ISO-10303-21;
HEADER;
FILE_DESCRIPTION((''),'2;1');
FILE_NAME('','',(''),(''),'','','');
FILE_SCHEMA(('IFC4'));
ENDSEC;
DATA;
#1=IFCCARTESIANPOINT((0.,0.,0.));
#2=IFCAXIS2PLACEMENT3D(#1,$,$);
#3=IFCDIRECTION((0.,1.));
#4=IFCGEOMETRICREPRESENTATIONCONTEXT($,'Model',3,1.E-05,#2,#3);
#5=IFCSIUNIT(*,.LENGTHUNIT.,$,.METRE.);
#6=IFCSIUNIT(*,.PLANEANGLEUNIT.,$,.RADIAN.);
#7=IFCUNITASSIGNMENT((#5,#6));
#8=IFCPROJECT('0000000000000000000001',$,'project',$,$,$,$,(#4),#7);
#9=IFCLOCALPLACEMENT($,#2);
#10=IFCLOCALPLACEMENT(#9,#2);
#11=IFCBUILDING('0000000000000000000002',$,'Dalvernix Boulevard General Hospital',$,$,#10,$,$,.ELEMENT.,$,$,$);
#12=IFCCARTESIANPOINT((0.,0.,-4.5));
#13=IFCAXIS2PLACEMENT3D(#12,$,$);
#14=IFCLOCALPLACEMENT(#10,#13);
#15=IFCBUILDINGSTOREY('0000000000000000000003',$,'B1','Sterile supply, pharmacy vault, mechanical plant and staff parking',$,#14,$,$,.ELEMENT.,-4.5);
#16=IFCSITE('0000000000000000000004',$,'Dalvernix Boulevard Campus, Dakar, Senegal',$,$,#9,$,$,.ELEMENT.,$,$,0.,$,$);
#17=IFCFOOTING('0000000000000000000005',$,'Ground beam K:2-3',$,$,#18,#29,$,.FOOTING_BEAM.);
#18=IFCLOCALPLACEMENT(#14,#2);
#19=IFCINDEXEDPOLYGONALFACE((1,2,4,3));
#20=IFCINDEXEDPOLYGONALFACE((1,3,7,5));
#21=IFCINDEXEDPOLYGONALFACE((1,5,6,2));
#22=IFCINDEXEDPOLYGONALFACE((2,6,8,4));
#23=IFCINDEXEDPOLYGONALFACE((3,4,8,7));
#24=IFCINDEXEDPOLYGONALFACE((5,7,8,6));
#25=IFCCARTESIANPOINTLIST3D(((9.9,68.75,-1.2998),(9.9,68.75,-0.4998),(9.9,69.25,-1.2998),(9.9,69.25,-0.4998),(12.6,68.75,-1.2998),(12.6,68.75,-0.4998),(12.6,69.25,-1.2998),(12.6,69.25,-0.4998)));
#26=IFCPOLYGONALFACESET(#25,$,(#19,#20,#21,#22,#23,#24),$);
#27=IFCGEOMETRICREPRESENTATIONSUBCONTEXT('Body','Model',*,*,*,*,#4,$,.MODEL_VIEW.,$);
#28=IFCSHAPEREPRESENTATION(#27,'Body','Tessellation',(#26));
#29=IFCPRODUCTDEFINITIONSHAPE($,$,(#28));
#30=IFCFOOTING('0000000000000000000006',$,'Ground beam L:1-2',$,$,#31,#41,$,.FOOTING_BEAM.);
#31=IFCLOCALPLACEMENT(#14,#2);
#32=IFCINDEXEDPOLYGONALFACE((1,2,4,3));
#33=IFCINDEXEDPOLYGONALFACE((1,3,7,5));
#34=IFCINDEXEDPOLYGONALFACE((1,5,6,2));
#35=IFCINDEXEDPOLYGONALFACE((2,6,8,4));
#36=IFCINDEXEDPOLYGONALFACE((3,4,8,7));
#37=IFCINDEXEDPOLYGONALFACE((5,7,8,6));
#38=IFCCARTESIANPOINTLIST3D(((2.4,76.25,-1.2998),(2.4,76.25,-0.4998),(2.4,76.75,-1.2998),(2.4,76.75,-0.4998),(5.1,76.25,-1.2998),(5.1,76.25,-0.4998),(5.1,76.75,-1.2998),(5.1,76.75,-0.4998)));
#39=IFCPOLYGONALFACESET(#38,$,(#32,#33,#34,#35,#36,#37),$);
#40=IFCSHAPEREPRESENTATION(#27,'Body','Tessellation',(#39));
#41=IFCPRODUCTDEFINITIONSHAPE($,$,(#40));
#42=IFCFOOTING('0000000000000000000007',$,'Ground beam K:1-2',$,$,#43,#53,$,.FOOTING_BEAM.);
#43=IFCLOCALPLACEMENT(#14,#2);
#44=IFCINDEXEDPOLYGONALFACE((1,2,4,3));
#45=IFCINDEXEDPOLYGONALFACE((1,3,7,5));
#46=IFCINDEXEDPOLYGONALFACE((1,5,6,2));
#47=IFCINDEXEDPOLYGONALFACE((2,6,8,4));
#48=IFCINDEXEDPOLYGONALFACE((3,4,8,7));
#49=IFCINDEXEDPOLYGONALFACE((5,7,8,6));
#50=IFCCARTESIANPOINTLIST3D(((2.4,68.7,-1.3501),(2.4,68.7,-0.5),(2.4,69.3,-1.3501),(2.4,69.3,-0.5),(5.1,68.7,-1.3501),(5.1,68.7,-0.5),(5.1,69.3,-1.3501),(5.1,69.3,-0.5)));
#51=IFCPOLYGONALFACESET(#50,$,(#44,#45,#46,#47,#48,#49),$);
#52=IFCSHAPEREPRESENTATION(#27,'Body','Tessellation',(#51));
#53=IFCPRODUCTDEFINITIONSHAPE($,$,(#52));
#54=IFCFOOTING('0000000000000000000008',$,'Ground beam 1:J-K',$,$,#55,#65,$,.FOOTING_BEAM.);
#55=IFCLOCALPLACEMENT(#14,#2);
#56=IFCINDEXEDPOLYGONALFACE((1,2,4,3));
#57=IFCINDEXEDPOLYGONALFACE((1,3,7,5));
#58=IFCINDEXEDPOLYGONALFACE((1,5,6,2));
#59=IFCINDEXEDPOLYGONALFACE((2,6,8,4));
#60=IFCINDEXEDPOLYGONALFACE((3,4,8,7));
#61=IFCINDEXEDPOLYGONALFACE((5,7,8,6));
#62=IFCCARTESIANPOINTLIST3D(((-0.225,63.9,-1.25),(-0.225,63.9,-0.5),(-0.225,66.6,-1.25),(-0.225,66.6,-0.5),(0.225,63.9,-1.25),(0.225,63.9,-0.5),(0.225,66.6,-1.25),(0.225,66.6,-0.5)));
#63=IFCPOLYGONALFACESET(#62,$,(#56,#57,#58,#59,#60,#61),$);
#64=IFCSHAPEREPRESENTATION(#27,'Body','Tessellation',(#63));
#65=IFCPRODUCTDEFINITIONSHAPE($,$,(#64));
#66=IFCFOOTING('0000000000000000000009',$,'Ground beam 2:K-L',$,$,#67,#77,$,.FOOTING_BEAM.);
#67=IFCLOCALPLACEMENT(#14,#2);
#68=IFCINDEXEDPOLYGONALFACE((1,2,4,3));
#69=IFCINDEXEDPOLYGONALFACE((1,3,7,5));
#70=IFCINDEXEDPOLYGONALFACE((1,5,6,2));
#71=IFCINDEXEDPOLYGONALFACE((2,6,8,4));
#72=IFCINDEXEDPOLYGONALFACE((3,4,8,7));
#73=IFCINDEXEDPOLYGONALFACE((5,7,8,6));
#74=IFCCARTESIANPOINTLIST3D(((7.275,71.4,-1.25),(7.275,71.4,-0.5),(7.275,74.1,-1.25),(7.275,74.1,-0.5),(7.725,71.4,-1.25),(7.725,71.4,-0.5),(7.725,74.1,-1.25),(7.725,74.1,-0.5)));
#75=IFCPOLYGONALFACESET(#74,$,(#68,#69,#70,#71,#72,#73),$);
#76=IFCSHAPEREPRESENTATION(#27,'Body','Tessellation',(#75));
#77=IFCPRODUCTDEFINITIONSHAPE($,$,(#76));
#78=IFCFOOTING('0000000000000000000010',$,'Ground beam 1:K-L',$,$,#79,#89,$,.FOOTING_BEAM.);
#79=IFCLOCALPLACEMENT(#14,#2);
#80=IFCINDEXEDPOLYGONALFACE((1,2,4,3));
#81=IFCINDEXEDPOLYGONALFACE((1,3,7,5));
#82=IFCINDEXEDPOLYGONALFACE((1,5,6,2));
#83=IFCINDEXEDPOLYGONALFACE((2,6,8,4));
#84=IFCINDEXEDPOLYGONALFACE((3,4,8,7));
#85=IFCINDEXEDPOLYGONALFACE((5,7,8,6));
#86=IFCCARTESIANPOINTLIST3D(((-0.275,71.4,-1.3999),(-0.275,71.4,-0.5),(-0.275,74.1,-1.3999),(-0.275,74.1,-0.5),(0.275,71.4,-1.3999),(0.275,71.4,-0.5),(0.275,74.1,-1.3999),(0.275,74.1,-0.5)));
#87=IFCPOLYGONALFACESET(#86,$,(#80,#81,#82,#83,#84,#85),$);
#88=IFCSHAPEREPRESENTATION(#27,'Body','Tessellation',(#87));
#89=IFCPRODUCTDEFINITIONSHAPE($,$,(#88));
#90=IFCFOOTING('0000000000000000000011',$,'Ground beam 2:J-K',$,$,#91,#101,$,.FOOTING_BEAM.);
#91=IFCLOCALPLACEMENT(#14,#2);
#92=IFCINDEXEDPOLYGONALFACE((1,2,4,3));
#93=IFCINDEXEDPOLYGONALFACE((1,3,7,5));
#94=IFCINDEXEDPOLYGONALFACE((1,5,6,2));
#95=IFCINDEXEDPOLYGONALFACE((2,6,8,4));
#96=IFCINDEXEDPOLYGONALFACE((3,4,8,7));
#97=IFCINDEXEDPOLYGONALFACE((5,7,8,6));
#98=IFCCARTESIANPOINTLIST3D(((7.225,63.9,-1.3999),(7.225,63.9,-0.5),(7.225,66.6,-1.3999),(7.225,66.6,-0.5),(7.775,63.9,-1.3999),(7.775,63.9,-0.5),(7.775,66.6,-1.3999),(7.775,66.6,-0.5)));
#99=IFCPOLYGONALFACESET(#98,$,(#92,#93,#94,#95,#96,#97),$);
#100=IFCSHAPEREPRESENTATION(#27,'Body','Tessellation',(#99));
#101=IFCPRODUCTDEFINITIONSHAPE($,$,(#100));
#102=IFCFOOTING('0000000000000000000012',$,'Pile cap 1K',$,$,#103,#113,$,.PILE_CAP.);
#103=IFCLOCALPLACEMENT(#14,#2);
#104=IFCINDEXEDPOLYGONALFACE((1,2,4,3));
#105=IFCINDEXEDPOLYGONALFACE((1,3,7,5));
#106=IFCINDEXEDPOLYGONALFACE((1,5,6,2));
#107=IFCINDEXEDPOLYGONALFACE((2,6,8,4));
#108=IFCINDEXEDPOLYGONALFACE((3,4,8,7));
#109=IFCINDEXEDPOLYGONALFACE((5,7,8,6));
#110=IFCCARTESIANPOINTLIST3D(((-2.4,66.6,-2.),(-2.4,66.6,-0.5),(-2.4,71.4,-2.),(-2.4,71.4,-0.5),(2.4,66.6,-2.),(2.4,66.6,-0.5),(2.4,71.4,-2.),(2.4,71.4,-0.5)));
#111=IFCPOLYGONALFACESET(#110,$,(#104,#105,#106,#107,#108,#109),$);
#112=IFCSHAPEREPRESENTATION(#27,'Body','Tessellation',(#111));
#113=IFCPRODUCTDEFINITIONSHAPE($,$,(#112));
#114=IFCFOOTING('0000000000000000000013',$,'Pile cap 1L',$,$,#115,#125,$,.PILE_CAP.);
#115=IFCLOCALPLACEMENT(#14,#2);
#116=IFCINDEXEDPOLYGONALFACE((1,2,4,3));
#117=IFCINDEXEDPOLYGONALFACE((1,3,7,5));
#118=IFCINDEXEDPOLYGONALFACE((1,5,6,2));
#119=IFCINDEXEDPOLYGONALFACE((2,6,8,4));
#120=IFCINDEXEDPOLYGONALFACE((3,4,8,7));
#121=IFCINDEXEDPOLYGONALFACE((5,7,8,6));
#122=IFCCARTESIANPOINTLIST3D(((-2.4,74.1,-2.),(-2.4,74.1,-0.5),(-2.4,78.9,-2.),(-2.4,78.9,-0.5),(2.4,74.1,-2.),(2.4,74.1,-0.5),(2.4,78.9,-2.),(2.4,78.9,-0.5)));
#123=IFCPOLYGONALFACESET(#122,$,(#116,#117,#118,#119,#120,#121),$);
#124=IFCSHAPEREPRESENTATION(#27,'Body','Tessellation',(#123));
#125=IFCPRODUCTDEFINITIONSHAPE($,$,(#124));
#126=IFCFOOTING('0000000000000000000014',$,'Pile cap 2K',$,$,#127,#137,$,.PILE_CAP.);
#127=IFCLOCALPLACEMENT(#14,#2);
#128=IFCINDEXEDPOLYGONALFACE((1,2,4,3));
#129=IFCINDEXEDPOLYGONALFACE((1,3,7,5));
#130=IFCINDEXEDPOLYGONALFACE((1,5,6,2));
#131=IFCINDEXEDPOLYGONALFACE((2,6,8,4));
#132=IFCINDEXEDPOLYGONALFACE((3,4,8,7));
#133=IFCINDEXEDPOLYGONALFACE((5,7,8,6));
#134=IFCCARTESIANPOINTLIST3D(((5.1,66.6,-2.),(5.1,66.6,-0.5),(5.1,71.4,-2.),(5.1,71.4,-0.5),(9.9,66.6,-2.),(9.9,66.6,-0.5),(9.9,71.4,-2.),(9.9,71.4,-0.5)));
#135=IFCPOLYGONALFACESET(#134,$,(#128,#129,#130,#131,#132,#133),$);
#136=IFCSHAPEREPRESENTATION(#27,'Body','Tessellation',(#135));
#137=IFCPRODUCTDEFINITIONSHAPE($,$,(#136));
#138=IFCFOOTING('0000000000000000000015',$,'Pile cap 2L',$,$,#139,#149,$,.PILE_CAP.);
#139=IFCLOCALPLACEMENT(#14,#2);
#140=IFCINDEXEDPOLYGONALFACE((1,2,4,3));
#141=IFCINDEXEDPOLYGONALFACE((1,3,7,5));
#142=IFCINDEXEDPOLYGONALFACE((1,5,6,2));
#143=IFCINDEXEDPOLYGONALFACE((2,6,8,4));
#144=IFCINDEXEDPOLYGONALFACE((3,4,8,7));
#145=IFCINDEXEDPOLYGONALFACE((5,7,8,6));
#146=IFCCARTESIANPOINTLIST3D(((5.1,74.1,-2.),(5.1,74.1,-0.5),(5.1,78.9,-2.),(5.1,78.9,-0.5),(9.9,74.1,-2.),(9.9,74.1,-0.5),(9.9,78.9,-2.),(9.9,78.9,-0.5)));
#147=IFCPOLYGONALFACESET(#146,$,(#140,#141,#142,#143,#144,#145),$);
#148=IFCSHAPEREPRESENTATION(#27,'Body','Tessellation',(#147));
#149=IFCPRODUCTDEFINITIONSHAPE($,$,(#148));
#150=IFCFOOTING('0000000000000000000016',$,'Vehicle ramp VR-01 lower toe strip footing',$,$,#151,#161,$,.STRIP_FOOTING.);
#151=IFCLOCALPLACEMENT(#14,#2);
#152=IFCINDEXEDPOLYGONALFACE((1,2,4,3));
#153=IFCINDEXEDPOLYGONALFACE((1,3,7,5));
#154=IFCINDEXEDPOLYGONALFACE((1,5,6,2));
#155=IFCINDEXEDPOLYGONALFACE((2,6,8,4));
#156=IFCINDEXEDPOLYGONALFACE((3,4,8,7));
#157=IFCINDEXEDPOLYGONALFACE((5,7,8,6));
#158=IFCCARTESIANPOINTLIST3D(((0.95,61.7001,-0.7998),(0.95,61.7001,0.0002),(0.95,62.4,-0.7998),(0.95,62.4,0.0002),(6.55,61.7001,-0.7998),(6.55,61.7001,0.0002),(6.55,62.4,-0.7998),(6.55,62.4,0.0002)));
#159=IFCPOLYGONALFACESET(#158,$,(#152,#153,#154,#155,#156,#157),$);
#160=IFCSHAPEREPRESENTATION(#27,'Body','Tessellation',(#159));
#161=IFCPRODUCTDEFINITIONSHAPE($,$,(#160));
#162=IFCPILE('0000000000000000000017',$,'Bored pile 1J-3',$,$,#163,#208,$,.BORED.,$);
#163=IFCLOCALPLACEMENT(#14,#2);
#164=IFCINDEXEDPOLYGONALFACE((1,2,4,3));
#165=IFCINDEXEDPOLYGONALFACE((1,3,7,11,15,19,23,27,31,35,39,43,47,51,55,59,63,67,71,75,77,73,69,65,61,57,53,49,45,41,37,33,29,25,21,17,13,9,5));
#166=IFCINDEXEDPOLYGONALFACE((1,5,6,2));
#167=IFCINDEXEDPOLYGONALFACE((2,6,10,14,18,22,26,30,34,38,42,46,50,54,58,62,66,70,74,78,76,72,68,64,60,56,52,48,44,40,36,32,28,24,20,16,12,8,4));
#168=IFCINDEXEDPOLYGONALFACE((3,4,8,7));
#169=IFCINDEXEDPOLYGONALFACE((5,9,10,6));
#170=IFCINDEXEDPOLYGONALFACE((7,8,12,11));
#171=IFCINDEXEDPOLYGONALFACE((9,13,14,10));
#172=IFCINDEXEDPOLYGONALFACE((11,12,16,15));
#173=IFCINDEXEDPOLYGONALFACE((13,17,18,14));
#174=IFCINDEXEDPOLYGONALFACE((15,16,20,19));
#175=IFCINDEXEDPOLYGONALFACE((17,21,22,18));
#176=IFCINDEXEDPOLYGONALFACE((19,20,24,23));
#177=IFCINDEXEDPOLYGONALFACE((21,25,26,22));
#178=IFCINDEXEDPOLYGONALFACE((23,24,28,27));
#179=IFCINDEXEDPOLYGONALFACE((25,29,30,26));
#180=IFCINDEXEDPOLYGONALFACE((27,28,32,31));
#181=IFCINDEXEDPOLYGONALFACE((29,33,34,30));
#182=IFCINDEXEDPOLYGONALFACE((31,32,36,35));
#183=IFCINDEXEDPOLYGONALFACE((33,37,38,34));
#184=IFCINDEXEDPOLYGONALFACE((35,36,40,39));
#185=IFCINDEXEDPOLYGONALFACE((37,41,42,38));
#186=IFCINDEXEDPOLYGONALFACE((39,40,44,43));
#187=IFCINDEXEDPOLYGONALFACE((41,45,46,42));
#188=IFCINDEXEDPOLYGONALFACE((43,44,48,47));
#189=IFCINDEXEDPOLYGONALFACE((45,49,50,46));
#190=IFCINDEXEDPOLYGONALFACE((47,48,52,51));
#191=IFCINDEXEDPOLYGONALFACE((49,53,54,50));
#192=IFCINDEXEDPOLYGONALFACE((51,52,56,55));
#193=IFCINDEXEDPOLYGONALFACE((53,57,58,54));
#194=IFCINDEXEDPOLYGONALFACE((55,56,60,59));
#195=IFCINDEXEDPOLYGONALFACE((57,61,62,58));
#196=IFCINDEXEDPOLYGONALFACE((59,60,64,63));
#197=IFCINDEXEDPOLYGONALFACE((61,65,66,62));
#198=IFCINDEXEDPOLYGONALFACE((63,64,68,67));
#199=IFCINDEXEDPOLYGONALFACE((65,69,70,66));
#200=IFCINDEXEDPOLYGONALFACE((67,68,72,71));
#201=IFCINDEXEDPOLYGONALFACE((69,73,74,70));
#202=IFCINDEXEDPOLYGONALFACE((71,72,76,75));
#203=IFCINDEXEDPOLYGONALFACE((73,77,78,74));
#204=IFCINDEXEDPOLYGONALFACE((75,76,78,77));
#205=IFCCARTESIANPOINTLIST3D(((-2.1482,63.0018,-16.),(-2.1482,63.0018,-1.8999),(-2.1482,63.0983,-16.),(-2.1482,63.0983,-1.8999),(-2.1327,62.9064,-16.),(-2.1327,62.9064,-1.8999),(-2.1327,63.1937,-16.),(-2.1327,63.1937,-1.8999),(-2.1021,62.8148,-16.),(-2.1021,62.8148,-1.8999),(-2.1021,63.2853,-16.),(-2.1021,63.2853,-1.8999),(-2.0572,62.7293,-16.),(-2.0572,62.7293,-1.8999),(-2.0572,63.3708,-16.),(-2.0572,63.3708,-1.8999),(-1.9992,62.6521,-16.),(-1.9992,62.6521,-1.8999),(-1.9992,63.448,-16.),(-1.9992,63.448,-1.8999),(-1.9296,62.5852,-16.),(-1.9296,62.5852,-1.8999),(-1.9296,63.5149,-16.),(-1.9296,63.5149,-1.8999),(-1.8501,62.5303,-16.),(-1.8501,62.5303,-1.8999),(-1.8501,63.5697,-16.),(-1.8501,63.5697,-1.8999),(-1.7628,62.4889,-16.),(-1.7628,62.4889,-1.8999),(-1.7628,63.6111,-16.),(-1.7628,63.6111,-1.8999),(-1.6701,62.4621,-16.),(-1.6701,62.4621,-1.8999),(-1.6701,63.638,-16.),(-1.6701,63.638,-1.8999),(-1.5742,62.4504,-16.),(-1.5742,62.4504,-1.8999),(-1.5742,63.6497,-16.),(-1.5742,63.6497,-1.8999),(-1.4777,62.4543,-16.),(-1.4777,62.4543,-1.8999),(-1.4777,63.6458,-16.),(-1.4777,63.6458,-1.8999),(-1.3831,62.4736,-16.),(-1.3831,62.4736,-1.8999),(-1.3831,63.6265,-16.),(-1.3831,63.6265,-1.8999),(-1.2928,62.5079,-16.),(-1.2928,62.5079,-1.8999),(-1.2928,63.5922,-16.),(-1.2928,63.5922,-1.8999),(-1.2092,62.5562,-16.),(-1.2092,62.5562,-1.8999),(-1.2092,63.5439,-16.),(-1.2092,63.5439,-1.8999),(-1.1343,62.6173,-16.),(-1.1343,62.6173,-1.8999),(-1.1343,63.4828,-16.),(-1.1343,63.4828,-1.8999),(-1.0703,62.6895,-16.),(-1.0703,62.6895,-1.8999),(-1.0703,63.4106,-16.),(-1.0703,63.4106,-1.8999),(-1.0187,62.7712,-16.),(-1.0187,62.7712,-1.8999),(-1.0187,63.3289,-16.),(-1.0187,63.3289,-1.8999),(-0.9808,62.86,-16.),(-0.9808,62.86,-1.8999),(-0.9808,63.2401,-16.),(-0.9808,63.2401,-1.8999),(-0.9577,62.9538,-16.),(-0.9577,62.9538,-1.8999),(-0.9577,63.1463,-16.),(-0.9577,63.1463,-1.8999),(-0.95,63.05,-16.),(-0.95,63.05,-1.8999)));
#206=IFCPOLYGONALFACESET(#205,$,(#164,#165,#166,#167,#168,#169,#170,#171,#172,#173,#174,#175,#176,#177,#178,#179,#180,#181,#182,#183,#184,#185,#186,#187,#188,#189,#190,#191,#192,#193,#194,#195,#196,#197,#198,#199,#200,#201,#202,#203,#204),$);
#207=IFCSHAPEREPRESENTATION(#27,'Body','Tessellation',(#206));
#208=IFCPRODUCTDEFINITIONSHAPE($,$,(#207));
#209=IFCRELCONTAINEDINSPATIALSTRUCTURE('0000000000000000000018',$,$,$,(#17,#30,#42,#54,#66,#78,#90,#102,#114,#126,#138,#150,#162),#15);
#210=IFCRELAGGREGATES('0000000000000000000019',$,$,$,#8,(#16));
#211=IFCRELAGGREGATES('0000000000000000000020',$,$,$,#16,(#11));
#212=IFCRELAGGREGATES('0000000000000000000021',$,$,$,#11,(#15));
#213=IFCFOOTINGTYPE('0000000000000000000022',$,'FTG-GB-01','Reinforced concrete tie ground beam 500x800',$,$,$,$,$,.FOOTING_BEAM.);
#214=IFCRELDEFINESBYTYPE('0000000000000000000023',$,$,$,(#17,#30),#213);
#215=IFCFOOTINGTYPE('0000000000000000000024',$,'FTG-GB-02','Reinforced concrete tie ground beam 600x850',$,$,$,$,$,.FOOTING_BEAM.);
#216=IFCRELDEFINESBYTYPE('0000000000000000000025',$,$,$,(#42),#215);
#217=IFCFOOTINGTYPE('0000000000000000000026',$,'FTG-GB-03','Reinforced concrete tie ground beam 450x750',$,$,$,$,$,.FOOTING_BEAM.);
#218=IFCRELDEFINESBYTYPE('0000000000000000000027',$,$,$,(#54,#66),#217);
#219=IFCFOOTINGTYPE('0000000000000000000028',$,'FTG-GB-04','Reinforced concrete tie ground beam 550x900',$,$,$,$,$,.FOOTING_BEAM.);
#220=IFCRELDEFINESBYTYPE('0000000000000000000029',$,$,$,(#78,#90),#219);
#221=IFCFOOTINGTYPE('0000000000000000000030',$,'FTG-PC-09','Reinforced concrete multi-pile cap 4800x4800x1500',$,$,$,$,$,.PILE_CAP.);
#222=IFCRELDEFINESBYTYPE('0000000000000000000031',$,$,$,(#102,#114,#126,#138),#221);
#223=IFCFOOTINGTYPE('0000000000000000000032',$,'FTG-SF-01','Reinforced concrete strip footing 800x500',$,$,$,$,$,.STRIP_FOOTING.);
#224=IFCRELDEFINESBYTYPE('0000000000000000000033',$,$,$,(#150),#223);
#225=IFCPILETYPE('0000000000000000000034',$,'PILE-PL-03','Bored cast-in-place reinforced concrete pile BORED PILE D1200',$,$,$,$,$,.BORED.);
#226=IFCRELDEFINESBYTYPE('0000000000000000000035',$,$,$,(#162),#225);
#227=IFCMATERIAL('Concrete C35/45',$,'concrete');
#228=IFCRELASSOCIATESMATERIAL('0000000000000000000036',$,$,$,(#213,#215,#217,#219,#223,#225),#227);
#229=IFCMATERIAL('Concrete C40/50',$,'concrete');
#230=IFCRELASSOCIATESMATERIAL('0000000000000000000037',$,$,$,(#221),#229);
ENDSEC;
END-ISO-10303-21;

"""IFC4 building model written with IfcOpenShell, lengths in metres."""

from ifc_helpers import new_model, si_unit, direction, frame, origin, origin_2d, place, context, subcontext, project, spatial, rectangle, circle, extrude, material, material_profile, profile_set, type_object, element, save


model = new_model("IFC4")

# Units and contexts
model_context = context("Model", 3, precision=1e-05, world=origin(), true_north=direction((0.0, 1.0)))
body_context = subcontext(model_context, "Body", "Model", "MODEL_VIEW")
ifc_project = project(units=[si_unit("LENGTHUNIT", "METRE"), si_unit("PLANEANGLEUNIT", "RADIAN")], contexts=[model_context])

# Site, building, storey
site_placement = place(None, origin())
site = spatial("IfcSite", under=ifc_project, at=site_placement, Name="Dalvernix Boulevard Campus, Dakar, Senegal", CompositionType="ELEMENT", RefElevation=0.0)
building_placement = place(site_placement, origin())
building = spatial("IfcBuilding", under=site, at=building_placement, Name="Dalvernix Boulevard General Hospital", CompositionType="ELEMENT")
storey_placement = place(building_placement, frame((0.0, 0.0, -4.5)))
storey = spatial("IfcBuildingStorey", under=building, at=storey_placement, Name="B1", Description="Sterile supply, pharmacy vault, mechanical plant and staff parking", CompositionType="ELEMENT", Elevation=-4.5)

# Footings
ifc_material_1 = material(Name="Concrete C35/45", Category="concrete")
footing_type_1 = type_object("IfcFootingType", Name="FTG-GB-01", Description="Reinforced concrete tie ground beam 500x800", PredefinedType="FOOTING_BEAM", material=ifc_material_1)
for number, where, z_axis, x_axis, name in (
    (1, (11.25, 69.0, -1.2998), (0.0, 0.0, 1.0), (1.0, 0.0, 0.0), "Ground beam K:2-3"),
    (2, (3.75, 76.5, -1.2998), (0.0, 0.0, 1.0), (1.0, 0.0, 0.0), "Ground beam L:1-2"),
):
    element("IfcFooting", number, at=place(storey_placement, frame(where, z_axis=z_axis, x_axis=x_axis)), inside=storey, type_object=footing_type_1, Name=name, PredefinedType="FOOTING_BEAM", context=body_context, shape_type="SweptSolid", body=[
        extrude(rectangle(XDim=2.7, YDim=0.5, at=origin_2d()), origin(), (0.0, 0.0, 1.0), 0.8),
    ])
footing_type_2 = type_object("IfcFootingType", Name="FTG-GB-02", Description="Reinforced concrete tie ground beam 600x850", PredefinedType="FOOTING_BEAM", material=ifc_material_1)
footing_1_placement = place(storey_placement, frame((3.75, 69.0, -1.3501), z_axis=(0.0, 0.0, 1.0), x_axis=(1.0, 0.0, 0.0)))
element("IfcFooting", 3, at=footing_1_placement, inside=storey, type_object=footing_type_2, Name="Ground beam K:1-2", PredefinedType="FOOTING_BEAM", context=body_context, shape_type="SweptSolid", body=[
    extrude(rectangle(XDim=2.7, YDim=0.6001, at=origin_2d()), origin(), (0.0, 0.0, 1.0), 0.8501),
])
footing_type_3 = type_object("IfcFootingType", Name="FTG-GB-03", Description="Reinforced concrete tie ground beam 450x750", PredefinedType="FOOTING_BEAM", material=ifc_material_1)
for number, where, z_axis, x_axis, name in (
    (4, (0.0, 65.25, -1.25), (0.0, 0.0, 1.0), (0.0, 1.0, 0.0), "Ground beam 1:J-K"),
    (5, (7.5, 72.75, -1.25), (0.0, 0.0, 1.0), (0.0, 1.0, 0.0), "Ground beam 2:K-L"),
):
    element("IfcFooting", number, at=place(storey_placement, frame(where, z_axis=z_axis, x_axis=x_axis)), inside=storey, type_object=footing_type_3, Name=name, PredefinedType="FOOTING_BEAM", context=body_context, shape_type="SweptSolid", body=[
        extrude(rectangle(XDim=2.7, YDim=0.45, at=origin_2d()), origin(), (0.0, 0.0, 1.0), 0.75),
    ])
footing_type_4 = type_object("IfcFootingType", Name="FTG-GB-04", Description="Reinforced concrete tie ground beam 550x900", PredefinedType="FOOTING_BEAM", material=ifc_material_1)
for number, where, z_axis, x_axis, name in (
    (6, (0.0, 72.75, -1.3999), (0.0, 0.0, 1.0), (0.0, 1.0, 0.0), "Ground beam 1:K-L"),
    (7, (7.5, 65.25, -1.3999), (0.0, 0.0, 1.0), (0.0, 1.0, 0.0), "Ground beam 2:J-K"),
):
    element("IfcFooting", number, at=place(storey_placement, frame(where, z_axis=z_axis, x_axis=x_axis)), inside=storey, type_object=footing_type_4, Name=name, PredefinedType="FOOTING_BEAM", context=body_context, shape_type="SweptSolid", body=[
        extrude(rectangle(XDim=2.7, YDim=0.55, at=origin_2d()), origin(), (0.0, 0.0, 1.0), 0.8999),
    ])
ifc_material_2 = material(Name="Concrete C40/50", Category="concrete")
footing_type_5 = type_object("IfcFootingType", Name="FTG-PC-09", Description="Reinforced concrete multi-pile cap 4800x4800x1500", PredefinedType="PILE_CAP", material=ifc_material_2)
for number, where, z_axis, x_axis, name in (
    (8, (0.0, 69.0, -2.0), (0.0, 0.0, 1.0), (1.0, 0.0, 0.0), "Pile cap 1K"),
    (9, (0.0, 76.5, -2.0), (0.0, 0.0, 1.0), (1.0, 0.0, 0.0), "Pile cap 1L"),
    (10, (7.5, 69.0, -2.0), (0.0, 0.0, 1.0), (1.0, 0.0, 0.0), "Pile cap 2K"),
    (11, (7.5, 76.5, -2.0), (0.0, 0.0, 1.0), (1.0, 0.0, 0.0), "Pile cap 2L"),
):
    element("IfcFooting", number, at=place(storey_placement, frame(where, z_axis=z_axis, x_axis=x_axis)), inside=storey, type_object=footing_type_5, Name=name, PredefinedType="PILE_CAP", context=body_context, shape_type="SweptSolid", body=[
        extrude(rectangle(XDim=4.8, YDim=4.8, at=origin_2d()), origin(), (0.0, 0.0, 1.0), 1.5),
    ])
footing_type_6 = type_object("IfcFootingType", Name="FTG-SF-01", Description="Reinforced concrete strip footing 800x500", PredefinedType="STRIP_FOOTING", material=ifc_material_1)
footing_2_placement = place(storey_placement, frame((3.75, 62.05, -0.7998), z_axis=(0.0, 0.0, 1.0), x_axis=(1.0, 0.0, 0.0)))
element("IfcFooting", 12, at=footing_2_placement, inside=storey, type_object=footing_type_6, Name="Vehicle ramp VR-01 lower toe strip footing", PredefinedType="STRIP_FOOTING", context=body_context, shape_type="SweptSolid", body=[
    extrude(rectangle(XDim=5.6001, YDim=0.7, at=origin_2d()), origin(), (0.0, 0.0, 1.0), 0.8),
])

# Pile
ifc_material_profile_1 = material_profile(ifc_material_1, circle(Radius=0.6001, at=origin_2d()), Name="BORED PILE D1200")
ifc_profile_set_1 = profile_set([ifc_material_profile_1], Name="Concrete C35/45")
pile_type = type_object("IfcPileType", Name="PILE-PL-03", Description="Bored cast-in-place reinforced concrete pile BORED PILE D1200", PredefinedType="BORED", material=ifc_profile_set_1)
for number, where, z_axis, x_axis, name in (
    (13, (-1.55, 63.05, -1.8999), (0.0, 0.0, -1.0), (1.0, 0.0, 0.0), "Bored pile 1J-3"),
):
    element("IfcPile", number, at=place(storey_placement, frame(where, z_axis=z_axis, x_axis=x_axis)), inside=storey, type_object=pile_type, Name=name, PredefinedType="BORED", context=body_context, shape_type="SweptSolid", body=[
        extrude(circle(Radius=0.6001, at=origin_2d()), origin(), (0.0, 0.0, 1.0), 14.1001),
    ])

save(model, "model.ifc")
